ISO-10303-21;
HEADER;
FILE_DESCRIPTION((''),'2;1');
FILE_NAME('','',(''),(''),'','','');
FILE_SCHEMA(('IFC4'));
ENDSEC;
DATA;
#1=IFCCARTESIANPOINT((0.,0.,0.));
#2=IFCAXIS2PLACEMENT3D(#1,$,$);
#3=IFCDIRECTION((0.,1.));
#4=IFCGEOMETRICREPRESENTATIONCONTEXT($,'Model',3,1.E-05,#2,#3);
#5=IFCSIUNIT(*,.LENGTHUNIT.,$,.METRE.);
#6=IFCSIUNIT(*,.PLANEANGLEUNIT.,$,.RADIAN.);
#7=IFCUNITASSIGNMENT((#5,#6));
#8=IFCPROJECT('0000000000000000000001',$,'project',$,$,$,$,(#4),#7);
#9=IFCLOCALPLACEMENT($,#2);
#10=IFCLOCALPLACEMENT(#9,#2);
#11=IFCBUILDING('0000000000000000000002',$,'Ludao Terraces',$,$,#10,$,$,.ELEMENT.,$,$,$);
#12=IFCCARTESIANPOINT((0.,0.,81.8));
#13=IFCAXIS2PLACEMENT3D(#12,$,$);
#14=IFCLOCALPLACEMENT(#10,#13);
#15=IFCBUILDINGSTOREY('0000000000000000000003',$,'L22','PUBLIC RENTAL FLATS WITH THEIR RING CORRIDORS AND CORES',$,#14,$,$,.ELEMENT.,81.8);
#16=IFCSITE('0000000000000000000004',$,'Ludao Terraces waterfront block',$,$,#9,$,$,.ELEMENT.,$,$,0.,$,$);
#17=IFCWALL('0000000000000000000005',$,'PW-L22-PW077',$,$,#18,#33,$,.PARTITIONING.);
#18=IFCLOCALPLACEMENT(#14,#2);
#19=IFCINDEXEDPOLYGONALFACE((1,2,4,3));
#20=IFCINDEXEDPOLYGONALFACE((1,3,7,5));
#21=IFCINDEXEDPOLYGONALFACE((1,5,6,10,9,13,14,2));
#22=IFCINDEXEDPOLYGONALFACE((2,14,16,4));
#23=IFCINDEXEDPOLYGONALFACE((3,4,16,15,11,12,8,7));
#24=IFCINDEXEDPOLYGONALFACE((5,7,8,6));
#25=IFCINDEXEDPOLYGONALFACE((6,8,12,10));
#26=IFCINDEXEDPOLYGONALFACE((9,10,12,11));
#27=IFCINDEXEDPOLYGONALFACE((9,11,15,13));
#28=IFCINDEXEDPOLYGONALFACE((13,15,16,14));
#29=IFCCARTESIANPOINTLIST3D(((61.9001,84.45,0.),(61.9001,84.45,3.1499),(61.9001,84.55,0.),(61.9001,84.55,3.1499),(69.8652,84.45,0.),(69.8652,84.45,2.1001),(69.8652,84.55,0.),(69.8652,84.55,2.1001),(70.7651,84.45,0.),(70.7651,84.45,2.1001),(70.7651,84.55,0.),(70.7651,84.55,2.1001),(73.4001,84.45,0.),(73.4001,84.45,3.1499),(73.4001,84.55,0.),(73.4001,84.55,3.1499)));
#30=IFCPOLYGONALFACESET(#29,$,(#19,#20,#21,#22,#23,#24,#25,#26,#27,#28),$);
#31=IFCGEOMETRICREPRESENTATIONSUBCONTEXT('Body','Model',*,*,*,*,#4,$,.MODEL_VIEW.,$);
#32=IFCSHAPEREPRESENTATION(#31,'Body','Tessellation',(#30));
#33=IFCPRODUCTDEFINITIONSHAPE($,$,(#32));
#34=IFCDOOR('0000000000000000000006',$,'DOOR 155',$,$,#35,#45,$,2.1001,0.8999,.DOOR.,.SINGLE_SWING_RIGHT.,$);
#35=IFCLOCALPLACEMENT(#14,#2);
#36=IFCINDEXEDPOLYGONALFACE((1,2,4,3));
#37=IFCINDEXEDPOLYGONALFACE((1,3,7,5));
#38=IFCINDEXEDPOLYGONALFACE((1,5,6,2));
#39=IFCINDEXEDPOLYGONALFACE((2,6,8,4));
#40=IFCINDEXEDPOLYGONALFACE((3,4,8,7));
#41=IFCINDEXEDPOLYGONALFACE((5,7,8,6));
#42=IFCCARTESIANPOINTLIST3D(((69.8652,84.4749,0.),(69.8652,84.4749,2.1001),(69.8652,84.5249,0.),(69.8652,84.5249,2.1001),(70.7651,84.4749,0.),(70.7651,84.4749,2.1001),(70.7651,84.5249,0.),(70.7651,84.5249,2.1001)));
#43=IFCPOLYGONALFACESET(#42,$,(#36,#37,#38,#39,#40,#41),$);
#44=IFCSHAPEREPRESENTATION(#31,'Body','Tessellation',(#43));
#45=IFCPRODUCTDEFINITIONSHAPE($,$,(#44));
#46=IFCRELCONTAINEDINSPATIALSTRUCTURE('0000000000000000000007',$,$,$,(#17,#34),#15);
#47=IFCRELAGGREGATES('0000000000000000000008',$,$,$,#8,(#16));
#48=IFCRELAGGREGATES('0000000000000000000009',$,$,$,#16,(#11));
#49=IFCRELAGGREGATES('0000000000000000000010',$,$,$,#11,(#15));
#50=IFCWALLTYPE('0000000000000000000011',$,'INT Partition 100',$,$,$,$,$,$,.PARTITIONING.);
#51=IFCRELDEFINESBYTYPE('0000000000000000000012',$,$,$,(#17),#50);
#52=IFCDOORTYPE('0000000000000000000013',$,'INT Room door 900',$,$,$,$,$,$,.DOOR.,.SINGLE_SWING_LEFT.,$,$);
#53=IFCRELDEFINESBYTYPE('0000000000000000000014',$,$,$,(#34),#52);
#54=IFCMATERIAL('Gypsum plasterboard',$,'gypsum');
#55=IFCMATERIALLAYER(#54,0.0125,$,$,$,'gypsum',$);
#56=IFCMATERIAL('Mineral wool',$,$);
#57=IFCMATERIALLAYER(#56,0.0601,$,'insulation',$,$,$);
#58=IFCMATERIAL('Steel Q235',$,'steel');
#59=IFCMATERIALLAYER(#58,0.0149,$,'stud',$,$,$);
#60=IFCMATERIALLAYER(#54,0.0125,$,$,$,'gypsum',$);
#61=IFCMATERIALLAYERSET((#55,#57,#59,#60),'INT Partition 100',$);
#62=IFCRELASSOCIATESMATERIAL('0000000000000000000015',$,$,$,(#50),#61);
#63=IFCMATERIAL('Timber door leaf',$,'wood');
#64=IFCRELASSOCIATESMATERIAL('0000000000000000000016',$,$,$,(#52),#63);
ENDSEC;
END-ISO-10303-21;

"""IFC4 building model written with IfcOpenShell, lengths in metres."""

from ifc_helpers import new_model, si_unit, direction, frame, frame_2d, origin, place, context, subcontext, project, spatial, rectangle, extrude, material, layer, layer_set, type_object, element, fill, save


model = new_model("IFC4")

# Units and contexts
model_context = context("Model", 3, precision=1e-05, world=origin(), true_north=direction((0.0, 1.0)))
body_context = subcontext(model_context, "Body", "Model", "MODEL_VIEW")
ifc_project = project(units=[si_unit("LENGTHUNIT", "METRE"), si_unit("PLANEANGLEUNIT", "RADIAN")], contexts=[model_context])

# Site, building, storey
site_placement = place(None, origin())
site = spatial("IfcSite", under=ifc_project, at=site_placement, Name="Ludao Terraces waterfront block", CompositionType="ELEMENT", RefElevation=0.0)
building_placement = place(site_placement, origin())
building = spatial("IfcBuilding", under=site, at=building_placement, Name="Ludao Terraces", CompositionType="ELEMENT")
storey_placement = place(building_placement, frame((0.0, 0.0, 81.8)))
storey = spatial("IfcBuildingStorey", under=building, at=storey_placement, Name="L22", Description="PUBLIC RENTAL FLATS WITH THEIR RING CORRIDORS AND CORES", CompositionType="ELEMENT", Elevation=81.8)

# Shared definitions
ifc_material_1 = material(Name="Mineral wool")

# Shared definitions
ifc_material_2 = material(Name="Gypsum plasterboard", Category="gypsum")
ifc_layer_1 = layer(ifc_material_2, 0.0125, Category="gypsum")
ifc_layer_2 = layer(ifc_material_1, 0.0601, Name="insulation")
ifc_material_3 = material(Name="Steel Q235", Category="steel")
ifc_layer_3 = layer(ifc_material_3, 0.0149, Name="stud")
ifc_layer_4 = layer(ifc_material_2, 0.0125, Category="gypsum")
ifc_layer_set_1 = layer_set([ifc_layer_1, ifc_layer_2, ifc_layer_3, ifc_layer_4], Name="INT Partition 100")
wall_type_1 = type_object("IfcWallType", Name="INT Partition 100", PredefinedType="PARTITIONING", material=ifc_layer_set_1)

# Wall, opening, door
wall_1_placement = place(storey_placement, frame((61.9001, 84.5, 0.0), z_axis=(0.0, 0.0, 1.0), x_axis=(1.0, 0.0, 0.0)))
wall_1 = element("IfcWall", 1, at=wall_1_placement, inside=storey, type_object=wall_type_1, Name="PW-L22-PW077", PredefinedType="PARTITIONING", context=body_context, shape_type="SweptSolid", body=[
    extrude(rectangle(XDim=11.5, YDim=0.1001, at=frame_2d((5.75, 0.0))), origin(), (0.0, 0.0, 1.0), 3.1499),
])
opening_1_placement = place(wall_1_placement, frame((7.9651, 0.0, 0.0)))
opening_1 = element("IfcOpeningElement", 2, at=opening_1_placement, cuts=wall_1, PredefinedType="OPENING", context=body_context, shape_type="SweptSolid", body=[
    extrude(rectangle(XDim=0.8999, YDim=2.1001, at=frame_2d((0.45, 1.05))), frame((0.0, 0.0601, 0.0), z_axis=(0.0, -1.0, 0.0), x_axis=(1.0, 0.0, 0.0)), (0.0, 0.0, 1.0), 0.1201),
])
ifc_material_4 = material(Name="Timber door leaf", Category="wood")
door_type = type_object("IfcDoorType", Name="INT Room door 900", OperationType="SINGLE_SWING_LEFT", PredefinedType="DOOR", material=ifc_material_4)
door_placement = place(opening_1_placement, origin())
door = element("IfcDoor", 3, at=door_placement, inside=storey, type_object=door_type, Name="DOOR 155", OperationType="SINGLE_SWING_RIGHT", OverallHeight=2.1001, OverallWidth=0.8999, PredefinedType="DOOR", context=body_context, shape_type="SweptSolid", body=[
    extrude(rectangle(XDim=0.8999, YDim=2.1001, at=frame_2d((0.45, 1.05))), frame((0.0, 0.0249, 0.0), z_axis=(0.0, -1.0, 0.0), x_axis=(1.0, 0.0, 0.0)), (0.0, 0.0, 1.0), 0.05),
])
fill(opening_1, door)

save(model, "model.ifc")
